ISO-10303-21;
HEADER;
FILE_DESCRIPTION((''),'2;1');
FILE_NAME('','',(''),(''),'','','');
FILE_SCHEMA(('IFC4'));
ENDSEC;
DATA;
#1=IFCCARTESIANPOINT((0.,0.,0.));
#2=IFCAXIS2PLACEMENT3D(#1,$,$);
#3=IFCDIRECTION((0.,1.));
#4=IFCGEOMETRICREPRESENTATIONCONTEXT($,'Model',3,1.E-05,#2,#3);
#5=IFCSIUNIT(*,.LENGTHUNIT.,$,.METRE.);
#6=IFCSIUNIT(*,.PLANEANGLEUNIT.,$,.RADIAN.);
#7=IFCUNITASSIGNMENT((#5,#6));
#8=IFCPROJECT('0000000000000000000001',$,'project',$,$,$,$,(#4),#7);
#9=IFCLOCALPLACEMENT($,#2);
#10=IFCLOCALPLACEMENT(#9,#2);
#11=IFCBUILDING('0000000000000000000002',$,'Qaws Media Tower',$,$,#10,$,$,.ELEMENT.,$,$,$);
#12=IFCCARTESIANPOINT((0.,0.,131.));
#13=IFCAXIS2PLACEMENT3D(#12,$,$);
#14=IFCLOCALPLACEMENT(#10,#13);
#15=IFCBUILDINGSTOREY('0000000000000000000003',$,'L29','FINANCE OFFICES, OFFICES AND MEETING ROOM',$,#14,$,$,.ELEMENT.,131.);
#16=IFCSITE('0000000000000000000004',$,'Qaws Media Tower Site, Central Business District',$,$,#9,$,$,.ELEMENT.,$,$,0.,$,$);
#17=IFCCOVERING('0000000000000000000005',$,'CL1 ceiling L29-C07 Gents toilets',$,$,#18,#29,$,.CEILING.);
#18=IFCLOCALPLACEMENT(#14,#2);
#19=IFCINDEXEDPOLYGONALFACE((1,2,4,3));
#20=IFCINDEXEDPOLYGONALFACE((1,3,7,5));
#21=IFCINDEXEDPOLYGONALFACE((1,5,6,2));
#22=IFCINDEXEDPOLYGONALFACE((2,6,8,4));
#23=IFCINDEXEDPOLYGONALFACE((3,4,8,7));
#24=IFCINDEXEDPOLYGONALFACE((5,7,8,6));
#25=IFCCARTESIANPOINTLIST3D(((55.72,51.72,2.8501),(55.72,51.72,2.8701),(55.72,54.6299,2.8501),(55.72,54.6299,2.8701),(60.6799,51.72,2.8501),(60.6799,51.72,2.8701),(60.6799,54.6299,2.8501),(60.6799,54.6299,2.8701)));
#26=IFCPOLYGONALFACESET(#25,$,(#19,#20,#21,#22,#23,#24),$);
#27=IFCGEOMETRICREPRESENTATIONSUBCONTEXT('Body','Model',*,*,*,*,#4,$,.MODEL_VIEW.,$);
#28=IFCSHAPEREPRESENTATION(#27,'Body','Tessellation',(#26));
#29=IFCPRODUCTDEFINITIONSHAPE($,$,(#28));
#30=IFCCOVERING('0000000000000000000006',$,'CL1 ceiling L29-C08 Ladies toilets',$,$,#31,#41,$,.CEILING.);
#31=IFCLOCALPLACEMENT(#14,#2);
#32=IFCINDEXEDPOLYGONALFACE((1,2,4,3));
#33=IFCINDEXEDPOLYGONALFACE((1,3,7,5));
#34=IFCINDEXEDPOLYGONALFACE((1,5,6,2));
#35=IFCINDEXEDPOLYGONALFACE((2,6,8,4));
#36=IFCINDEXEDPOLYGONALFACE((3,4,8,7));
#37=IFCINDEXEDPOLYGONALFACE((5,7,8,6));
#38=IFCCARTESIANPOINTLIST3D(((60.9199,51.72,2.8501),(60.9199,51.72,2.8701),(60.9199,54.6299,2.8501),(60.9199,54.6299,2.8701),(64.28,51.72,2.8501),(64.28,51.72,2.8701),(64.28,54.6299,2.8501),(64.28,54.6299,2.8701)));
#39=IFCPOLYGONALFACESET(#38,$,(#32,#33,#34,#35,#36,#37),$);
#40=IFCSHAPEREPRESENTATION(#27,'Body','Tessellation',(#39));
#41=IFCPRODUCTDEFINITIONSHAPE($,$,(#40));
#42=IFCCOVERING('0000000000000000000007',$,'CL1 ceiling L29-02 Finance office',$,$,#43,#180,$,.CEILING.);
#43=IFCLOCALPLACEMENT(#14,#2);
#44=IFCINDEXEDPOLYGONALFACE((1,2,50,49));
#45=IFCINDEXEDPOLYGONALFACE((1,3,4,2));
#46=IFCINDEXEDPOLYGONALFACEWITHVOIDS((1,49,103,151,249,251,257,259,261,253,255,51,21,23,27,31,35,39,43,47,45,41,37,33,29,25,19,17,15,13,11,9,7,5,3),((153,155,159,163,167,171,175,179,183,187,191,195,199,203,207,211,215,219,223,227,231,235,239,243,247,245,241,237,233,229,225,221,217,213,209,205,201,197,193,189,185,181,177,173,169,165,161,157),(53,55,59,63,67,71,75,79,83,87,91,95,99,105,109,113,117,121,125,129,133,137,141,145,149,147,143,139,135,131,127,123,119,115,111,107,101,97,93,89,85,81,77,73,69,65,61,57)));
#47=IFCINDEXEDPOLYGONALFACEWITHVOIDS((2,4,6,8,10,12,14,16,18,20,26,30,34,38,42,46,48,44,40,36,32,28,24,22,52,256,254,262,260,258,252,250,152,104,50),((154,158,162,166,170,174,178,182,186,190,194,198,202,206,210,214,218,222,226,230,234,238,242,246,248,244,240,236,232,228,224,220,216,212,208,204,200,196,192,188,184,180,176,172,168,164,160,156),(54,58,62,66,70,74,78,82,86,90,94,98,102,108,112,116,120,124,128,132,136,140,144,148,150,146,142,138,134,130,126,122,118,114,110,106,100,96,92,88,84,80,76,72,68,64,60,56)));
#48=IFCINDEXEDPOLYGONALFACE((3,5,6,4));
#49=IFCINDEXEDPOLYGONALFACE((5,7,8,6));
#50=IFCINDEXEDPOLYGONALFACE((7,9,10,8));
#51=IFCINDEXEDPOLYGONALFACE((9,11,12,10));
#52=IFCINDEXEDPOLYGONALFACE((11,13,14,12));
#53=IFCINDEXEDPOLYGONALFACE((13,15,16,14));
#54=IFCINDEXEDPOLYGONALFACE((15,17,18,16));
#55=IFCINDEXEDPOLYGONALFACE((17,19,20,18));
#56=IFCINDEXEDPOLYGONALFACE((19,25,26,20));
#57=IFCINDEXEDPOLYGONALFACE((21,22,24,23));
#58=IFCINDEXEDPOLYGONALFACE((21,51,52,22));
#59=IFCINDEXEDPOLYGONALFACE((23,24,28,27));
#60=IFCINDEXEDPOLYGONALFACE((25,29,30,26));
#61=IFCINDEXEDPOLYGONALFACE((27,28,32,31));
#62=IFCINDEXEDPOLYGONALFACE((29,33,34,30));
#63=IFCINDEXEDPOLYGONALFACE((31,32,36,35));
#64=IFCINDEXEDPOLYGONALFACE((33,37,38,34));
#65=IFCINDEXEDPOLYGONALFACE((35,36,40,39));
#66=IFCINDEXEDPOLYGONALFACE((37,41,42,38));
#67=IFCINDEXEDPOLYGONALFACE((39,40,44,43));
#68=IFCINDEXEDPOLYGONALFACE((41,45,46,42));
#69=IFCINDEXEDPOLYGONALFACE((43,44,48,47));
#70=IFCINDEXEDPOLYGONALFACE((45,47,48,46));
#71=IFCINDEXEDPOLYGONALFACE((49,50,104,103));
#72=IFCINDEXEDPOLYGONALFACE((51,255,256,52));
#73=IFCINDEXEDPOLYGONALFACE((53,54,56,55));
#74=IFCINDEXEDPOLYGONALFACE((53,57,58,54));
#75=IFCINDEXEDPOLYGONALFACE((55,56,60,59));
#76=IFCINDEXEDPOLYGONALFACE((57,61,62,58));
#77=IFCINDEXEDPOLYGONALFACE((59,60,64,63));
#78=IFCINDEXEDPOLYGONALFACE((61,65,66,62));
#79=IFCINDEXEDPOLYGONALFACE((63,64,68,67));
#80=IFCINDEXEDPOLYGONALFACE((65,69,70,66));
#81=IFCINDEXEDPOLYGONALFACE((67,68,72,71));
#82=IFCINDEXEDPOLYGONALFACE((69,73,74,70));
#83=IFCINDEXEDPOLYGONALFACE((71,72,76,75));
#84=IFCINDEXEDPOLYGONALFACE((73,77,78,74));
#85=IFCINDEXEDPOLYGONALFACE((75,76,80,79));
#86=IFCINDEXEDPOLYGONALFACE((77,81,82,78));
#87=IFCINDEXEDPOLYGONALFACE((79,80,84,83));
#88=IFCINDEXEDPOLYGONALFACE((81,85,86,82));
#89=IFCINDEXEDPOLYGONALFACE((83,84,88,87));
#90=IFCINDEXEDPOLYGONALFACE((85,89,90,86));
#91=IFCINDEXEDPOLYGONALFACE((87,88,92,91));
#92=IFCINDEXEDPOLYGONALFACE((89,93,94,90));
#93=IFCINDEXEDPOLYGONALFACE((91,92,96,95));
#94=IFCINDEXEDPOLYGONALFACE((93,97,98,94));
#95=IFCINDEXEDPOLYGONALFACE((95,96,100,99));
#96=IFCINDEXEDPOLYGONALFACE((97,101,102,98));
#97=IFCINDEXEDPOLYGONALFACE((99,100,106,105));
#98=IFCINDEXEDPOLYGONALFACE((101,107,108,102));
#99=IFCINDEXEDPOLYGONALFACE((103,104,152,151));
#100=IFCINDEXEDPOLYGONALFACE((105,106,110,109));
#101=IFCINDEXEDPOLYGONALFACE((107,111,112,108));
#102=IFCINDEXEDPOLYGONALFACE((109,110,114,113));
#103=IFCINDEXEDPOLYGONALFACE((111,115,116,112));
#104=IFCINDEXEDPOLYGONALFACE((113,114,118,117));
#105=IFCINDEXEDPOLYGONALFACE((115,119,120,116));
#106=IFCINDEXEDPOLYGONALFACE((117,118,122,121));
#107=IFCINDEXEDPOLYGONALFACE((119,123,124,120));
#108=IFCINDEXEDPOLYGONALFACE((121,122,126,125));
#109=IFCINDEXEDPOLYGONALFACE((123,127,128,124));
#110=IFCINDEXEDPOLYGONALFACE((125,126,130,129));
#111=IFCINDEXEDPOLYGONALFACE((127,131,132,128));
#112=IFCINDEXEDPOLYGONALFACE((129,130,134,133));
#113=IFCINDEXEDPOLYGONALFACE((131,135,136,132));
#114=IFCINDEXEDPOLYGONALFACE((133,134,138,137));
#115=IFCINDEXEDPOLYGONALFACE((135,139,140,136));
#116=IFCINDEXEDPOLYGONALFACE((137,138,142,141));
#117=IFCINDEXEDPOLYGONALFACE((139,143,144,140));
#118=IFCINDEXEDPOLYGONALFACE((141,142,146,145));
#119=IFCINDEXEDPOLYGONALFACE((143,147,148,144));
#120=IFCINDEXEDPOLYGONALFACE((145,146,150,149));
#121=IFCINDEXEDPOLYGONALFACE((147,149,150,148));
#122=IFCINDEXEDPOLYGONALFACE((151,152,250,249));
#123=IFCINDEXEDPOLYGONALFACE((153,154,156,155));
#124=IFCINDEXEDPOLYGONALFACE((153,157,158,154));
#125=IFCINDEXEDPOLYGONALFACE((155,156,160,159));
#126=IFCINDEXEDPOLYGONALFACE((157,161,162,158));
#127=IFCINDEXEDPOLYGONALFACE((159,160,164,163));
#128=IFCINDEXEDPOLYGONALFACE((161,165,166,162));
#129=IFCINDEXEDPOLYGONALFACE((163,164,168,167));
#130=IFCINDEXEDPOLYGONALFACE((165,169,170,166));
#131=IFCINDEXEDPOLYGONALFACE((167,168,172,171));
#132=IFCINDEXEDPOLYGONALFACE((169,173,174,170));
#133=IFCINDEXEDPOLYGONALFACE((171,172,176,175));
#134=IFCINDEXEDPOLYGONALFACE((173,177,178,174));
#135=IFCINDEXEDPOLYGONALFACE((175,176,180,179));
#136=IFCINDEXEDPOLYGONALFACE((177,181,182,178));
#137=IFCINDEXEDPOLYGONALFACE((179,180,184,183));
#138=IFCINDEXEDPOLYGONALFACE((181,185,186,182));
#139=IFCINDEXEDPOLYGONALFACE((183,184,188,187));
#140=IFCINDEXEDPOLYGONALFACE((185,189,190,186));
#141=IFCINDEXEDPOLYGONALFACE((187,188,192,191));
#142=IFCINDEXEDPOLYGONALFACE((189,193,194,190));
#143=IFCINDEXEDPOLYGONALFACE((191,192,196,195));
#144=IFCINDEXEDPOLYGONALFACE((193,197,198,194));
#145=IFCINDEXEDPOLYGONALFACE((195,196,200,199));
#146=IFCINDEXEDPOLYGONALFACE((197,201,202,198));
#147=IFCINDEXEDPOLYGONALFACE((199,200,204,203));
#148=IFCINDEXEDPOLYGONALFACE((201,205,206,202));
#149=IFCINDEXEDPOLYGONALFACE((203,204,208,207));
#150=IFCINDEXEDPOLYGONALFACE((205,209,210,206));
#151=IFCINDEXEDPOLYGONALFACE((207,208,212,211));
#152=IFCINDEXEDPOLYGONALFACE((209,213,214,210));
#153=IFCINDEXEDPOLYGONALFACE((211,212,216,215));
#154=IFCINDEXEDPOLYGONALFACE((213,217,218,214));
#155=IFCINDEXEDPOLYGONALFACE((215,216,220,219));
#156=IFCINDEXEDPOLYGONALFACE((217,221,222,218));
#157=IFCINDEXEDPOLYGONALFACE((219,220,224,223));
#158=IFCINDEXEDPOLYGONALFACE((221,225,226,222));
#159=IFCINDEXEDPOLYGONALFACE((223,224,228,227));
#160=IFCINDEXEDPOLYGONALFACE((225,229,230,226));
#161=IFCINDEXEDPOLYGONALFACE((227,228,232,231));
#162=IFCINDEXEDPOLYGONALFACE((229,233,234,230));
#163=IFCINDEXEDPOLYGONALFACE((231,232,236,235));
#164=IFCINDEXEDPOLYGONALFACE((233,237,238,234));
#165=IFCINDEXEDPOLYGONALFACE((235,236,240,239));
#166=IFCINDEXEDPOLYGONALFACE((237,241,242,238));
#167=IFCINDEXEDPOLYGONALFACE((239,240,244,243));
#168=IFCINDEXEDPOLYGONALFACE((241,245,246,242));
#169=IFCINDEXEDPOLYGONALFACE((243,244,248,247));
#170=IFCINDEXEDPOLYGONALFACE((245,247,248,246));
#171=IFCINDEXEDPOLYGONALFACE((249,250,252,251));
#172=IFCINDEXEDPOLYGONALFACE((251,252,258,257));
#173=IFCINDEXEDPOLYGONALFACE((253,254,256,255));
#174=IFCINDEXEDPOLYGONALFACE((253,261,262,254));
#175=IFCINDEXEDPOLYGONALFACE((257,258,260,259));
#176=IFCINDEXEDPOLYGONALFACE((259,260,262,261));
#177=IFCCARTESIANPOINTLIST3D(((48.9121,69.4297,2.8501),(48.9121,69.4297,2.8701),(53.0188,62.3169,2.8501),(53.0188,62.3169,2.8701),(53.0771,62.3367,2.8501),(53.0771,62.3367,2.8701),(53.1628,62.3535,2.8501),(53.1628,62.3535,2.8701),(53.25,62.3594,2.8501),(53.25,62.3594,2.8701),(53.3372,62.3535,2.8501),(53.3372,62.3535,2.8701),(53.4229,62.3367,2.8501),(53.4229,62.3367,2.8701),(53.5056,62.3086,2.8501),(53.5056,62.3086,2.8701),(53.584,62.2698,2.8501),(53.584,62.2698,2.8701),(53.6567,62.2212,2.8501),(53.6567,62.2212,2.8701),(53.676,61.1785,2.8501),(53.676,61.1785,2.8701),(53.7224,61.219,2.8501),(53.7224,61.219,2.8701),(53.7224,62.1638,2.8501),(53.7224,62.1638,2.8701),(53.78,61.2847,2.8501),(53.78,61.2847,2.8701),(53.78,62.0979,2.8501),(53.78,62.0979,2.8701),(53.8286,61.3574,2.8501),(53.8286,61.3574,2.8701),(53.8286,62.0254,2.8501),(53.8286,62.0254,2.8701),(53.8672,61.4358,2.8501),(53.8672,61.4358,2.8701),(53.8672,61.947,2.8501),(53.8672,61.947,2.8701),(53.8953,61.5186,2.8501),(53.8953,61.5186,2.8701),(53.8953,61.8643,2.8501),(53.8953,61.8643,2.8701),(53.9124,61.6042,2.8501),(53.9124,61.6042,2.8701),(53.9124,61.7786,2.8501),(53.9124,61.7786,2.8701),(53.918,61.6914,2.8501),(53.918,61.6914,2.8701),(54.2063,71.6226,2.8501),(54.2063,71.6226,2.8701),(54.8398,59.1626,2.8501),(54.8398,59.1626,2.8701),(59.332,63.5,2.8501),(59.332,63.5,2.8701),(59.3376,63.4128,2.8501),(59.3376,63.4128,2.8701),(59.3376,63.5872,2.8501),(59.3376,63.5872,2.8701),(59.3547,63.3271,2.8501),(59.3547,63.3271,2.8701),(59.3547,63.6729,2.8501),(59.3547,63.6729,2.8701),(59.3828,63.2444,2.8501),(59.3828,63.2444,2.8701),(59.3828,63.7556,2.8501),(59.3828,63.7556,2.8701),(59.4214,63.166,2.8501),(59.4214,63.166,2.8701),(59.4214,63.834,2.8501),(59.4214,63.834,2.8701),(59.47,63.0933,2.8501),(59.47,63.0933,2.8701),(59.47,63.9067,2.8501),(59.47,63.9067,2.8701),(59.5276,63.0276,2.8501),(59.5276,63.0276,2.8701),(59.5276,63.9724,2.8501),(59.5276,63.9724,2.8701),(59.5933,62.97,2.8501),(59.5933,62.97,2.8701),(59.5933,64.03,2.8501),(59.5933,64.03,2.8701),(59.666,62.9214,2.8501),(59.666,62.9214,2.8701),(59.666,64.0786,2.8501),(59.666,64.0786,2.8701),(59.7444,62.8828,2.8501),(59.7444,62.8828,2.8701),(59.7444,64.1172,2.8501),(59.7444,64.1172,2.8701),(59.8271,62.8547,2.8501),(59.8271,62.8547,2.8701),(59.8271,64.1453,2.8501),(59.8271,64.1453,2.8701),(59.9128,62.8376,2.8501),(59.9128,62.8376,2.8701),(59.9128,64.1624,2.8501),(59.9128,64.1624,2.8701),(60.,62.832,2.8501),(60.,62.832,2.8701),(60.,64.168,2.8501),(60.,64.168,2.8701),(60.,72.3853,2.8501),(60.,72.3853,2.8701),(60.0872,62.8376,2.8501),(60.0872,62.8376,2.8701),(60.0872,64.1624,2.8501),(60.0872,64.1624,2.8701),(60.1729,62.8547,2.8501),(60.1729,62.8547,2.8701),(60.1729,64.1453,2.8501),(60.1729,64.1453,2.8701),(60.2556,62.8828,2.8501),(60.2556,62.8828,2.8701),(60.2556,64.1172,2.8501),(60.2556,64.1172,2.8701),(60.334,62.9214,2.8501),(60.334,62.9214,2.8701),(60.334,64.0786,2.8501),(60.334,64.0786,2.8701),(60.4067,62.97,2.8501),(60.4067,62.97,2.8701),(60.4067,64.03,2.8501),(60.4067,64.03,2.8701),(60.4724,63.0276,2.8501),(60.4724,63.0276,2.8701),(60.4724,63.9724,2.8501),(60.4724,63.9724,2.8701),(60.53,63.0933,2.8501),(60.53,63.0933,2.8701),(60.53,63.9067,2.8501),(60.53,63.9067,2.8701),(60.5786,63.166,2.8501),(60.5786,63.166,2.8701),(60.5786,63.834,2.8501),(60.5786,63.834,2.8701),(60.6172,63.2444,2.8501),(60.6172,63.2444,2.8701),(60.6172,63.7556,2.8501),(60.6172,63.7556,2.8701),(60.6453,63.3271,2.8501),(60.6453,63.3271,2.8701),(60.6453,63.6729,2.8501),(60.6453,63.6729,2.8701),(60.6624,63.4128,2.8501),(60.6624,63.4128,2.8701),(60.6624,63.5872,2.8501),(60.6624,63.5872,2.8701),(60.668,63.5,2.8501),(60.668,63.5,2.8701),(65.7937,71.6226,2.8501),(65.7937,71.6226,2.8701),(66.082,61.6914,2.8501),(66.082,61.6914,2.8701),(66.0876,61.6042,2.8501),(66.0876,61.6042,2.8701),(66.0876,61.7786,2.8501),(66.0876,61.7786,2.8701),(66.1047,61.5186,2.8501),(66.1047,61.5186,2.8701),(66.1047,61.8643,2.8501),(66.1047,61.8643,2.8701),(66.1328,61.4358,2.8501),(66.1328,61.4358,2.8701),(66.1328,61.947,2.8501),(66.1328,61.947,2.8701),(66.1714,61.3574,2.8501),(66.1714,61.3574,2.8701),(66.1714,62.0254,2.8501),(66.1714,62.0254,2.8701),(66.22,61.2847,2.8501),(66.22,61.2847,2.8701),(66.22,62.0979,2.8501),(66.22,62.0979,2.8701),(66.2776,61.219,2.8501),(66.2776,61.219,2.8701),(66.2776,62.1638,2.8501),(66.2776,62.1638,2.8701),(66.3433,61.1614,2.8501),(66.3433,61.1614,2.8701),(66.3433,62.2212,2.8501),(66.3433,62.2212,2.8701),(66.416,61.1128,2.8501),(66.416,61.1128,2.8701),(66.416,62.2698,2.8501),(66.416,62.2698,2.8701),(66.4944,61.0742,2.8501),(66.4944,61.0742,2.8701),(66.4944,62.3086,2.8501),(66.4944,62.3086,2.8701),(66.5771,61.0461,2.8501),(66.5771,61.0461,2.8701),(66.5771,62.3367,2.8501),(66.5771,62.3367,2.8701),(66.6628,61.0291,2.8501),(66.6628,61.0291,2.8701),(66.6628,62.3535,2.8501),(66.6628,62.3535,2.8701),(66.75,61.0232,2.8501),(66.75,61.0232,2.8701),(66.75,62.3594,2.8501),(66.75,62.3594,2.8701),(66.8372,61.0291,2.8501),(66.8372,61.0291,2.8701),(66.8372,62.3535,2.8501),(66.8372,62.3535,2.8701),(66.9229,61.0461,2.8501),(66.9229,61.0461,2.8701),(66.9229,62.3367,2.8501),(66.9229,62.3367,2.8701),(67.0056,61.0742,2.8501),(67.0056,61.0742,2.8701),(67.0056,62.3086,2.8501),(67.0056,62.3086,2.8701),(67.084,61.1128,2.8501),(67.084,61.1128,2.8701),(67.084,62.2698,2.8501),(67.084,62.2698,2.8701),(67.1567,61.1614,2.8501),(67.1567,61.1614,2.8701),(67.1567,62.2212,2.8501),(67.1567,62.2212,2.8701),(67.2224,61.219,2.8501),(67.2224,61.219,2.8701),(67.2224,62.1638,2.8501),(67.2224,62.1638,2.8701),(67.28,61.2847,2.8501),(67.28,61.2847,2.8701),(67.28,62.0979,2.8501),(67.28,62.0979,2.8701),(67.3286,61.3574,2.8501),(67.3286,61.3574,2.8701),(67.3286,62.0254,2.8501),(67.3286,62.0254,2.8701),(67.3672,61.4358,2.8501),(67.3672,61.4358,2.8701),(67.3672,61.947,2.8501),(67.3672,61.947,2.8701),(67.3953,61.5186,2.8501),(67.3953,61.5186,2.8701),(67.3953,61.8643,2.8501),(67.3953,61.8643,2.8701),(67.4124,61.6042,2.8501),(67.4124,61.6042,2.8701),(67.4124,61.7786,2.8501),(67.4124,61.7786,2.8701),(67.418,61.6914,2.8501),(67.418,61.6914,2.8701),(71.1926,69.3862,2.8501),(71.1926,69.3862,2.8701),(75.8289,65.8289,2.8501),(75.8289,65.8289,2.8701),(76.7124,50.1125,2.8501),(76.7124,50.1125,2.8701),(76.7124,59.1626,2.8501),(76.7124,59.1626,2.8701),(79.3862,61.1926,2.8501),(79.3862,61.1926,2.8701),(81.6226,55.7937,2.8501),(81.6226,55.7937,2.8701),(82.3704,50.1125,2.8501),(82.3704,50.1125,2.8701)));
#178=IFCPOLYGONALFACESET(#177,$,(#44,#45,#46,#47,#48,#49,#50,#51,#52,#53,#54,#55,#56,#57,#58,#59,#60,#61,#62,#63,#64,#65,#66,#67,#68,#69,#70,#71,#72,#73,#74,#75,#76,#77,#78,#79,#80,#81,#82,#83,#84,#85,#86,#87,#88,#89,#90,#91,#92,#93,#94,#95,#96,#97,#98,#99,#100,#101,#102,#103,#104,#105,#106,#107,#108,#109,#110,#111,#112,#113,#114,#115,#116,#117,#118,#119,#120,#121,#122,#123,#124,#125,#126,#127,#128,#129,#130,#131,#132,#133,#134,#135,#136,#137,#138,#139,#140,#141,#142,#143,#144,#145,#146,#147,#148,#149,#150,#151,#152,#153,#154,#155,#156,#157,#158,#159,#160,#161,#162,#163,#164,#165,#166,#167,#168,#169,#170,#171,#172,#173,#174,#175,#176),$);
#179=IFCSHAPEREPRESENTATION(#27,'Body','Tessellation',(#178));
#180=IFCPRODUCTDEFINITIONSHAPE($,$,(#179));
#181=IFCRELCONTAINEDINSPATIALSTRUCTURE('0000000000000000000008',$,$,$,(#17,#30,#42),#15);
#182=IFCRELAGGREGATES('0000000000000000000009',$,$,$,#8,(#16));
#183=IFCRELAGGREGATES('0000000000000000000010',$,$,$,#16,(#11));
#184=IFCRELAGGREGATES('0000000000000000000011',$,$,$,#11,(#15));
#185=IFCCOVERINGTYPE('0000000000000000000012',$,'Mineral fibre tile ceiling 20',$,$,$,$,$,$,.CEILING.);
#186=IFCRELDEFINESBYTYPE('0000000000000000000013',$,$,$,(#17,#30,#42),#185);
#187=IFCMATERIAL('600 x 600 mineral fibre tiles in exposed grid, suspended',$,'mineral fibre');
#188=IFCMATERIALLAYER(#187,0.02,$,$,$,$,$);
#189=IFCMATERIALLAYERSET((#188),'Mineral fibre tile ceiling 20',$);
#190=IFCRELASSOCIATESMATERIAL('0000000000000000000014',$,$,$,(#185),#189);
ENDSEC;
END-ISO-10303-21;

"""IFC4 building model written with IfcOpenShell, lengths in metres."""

from ifc_helpers import new_model, si_unit, direction, frame, origin, place, context, subcontext, project, spatial, polyline, outline, extrude, material, layer, layer_set, type_object, element, save


model = new_model("IFC4")

# Units and contexts
model_context = context("Model", 3, precision=1e-05, world=origin(), true_north=direction((0.0, 1.0)))
body_context = subcontext(model_context, "Body", "Model", "MODEL_VIEW")
ifc_project = project(units=[si_unit("LENGTHUNIT", "METRE"), si_unit("PLANEANGLEUNIT", "RADIAN")], contexts=[model_context])

# Site, building, storey
site_placement = place(None, origin())
site = spatial("IfcSite", under=ifc_project, at=site_placement, Name="Qaws Media Tower Site, Central Business District", CompositionType="ELEMENT", RefElevation=0.0)
building_placement = place(site_placement, origin())
building = spatial("IfcBuilding", under=site, at=building_placement, Name="Qaws Media Tower", CompositionType="ELEMENT")
storey_placement = place(building_placement, frame((0.0, 0.0, 131.0)))
storey = spatial("IfcBuildingStorey", under=building, at=storey_placement, Name="L29", Description="FINANCE OFFICES, OFFICES AND MEETING ROOM", CompositionType="ELEMENT", Elevation=131.0)

# Coverings
ifc_material_1 = material(Name="600 x 600 mineral fibre tiles in exposed grid, suspended", Category="mineral fibre")
ifc_layer_1 = layer(ifc_material_1, 0.02)
ifc_layer_set_1 = layer_set([ifc_layer_1], Name="Mineral fibre tile ceiling 20")
covering_type_1 = type_object("IfcCoveringType", Name="Mineral fibre tile ceiling 20", PredefinedType="CEILING", material=ifc_layer_set_1)
covering_1_placement = place(storey_placement, frame((0.0, 0.0, 2.8501)))
element("IfcCovering", 1, at=covering_1_placement, inside=storey, type_object=covering_type_1, Name="CL1 ceiling L29-C07 Gents toilets", PredefinedType="CEILING", context=body_context, shape_type="SweptSolid", body=[
    extrude(outline(polyline([(55.72, 51.72), (55.72, 54.6299), (60.6799, 54.6299), (60.6799, 51.72), (55.72, 51.72)])), origin(), (0.0, 0.0, 1.0), 0.02),
])
covering_2_placement = place(storey_placement, frame((0.0, 0.0, 2.8501)))
element("IfcCovering", 2, at=covering_2_placement, inside=storey, type_object=covering_type_1, Name="CL1 ceiling L29-C08 Ladies toilets", PredefinedType="CEILING", context=body_context, shape_type="SweptSolid", body=[
    extrude(outline(polyline([(60.9199, 51.72), (60.9199, 54.6299), (64.28, 54.6299), (64.28, 51.72), (60.9199, 51.72)])), origin(), (0.0, 0.0, 1.0), 0.02),
])
covering_3_placement = place(storey_placement, frame((0.0, 0.0, 2.8501)))
element("IfcCovering", 3, at=covering_3_placement, inside=storey, type_object=covering_type_1, Name="CL1 ceiling L29-02 Finance office", PredefinedType="CEILING", context=body_context, shape_type="SweptSolid", body=[
    extrude(outline(polyline([(54.2063, 71.6226), (60.0, 72.3853), (65.7937, 71.6226), (71.1926, 69.3862), (75.8289, 65.8289), (79.3862, 61.1926), (81.6226, 55.7937), (82.3704, 50.1125), (76.7124, 50.1125), (76.7124, 59.1626), (54.8398, 59.1626), (53.676, 61.1785), (53.7224, 61.219), (53.78, 61.2847), (53.8286, 61.3574), (53.8672, 61.4358), (53.8953, 61.5186), (53.9124, 61.6042), (53.918, 61.6914), (53.9124, 61.7786), (53.8953, 61.8643), (53.8672, 61.947), (53.8286, 62.0254), (53.78, 62.0979), (53.7224, 62.1638), (53.6567, 62.2212), (53.584, 62.2698), (53.5056, 62.3086), (53.4229, 62.3367), (53.3372, 62.3535), (53.25, 62.3594), (53.1628, 62.3535), (53.0771, 62.3367), (53.0188, 62.3169), (48.9121, 69.4297), (54.2063, 71.6226)]), holes=[polyline([(60.6172, 63.2444), (60.6453, 63.3271), (60.6624, 63.4128), (60.668, 63.5), (60.6624, 63.5872), (60.6453, 63.6729), (60.6172, 63.7556), (60.5786, 63.834), (60.53, 63.9067), (60.4724, 63.9724), (60.4067, 64.03), (60.334, 64.0786), (60.2556, 64.1172), (60.1729, 64.1453), (60.0872, 64.1624), (60.0, 64.168), (59.9128, 64.1624), (59.8271, 64.1453), (59.7444, 64.1172), (59.666, 64.0786), (59.5933, 64.03), (59.5276, 63.9724), (59.47, 63.9067), (59.4214, 63.834), (59.3828, 63.7556), (59.3547, 63.6729), (59.3376, 63.5872), (59.332, 63.5), (59.3376, 63.4128), (59.3547, 63.3271), (59.3828, 63.2444), (59.4214, 63.166), (59.47, 63.0933), (59.5276, 63.0276), (59.5933, 62.97), (59.666, 62.9214), (59.7444, 62.8828), (59.8271, 62.8547), (59.9128, 62.8376), (60.0, 62.832), (60.0872, 62.8376), (60.1729, 62.8547), (60.2556, 62.8828), (60.334, 62.9214), (60.4067, 62.97), (60.4724, 63.0276), (60.53, 63.0933), (60.5786, 63.166), (60.6172, 63.2444)]), polyline([(67.3672, 61.4358), (67.3953, 61.5186), (67.4124, 61.6042), (67.418, 61.6914), (67.4124, 61.7786), (67.3953, 61.8643), (67.3672, 61.947), (67.3286, 62.0254), (67.28, 62.0979), (67.2224, 62.1638), (67.1567, 62.2212), (67.084, 62.2698), (67.0056, 62.3086), (66.9229, 62.3367), (66.8372, 62.3535), (66.75, 62.3594), (66.6628, 62.3535), (66.5771, 62.3367), (66.4944, 62.3086), (66.416, 62.2698), (66.3433, 62.2212), (66.2776, 62.1638), (66.22, 62.0979), (66.1714, 62.0254), (66.1328, 61.947), (66.1047, 61.8643), (66.0876, 61.7786), (66.082, 61.6914), (66.0876, 61.6042), (66.1047, 61.5186), (66.1328, 61.4358), (66.1714, 61.3574), (66.22, 61.2847), (66.2776, 61.219), (66.3433, 61.1614), (66.416, 61.1128), (66.4944, 61.0742), (66.5771, 61.0461), (66.6628, 61.0291), (66.75, 61.0232), (66.8372, 61.0291), (66.9229, 61.0461), (67.0056, 61.0742), (67.084, 61.1128), (67.1567, 61.1614), (67.2224, 61.219), (67.28, 61.2847), (67.3286, 61.3574), (67.3672, 61.4358)])]), origin(), (0.0, 0.0, 1.0), 0.02),
])

save(model, "model.ifc")
